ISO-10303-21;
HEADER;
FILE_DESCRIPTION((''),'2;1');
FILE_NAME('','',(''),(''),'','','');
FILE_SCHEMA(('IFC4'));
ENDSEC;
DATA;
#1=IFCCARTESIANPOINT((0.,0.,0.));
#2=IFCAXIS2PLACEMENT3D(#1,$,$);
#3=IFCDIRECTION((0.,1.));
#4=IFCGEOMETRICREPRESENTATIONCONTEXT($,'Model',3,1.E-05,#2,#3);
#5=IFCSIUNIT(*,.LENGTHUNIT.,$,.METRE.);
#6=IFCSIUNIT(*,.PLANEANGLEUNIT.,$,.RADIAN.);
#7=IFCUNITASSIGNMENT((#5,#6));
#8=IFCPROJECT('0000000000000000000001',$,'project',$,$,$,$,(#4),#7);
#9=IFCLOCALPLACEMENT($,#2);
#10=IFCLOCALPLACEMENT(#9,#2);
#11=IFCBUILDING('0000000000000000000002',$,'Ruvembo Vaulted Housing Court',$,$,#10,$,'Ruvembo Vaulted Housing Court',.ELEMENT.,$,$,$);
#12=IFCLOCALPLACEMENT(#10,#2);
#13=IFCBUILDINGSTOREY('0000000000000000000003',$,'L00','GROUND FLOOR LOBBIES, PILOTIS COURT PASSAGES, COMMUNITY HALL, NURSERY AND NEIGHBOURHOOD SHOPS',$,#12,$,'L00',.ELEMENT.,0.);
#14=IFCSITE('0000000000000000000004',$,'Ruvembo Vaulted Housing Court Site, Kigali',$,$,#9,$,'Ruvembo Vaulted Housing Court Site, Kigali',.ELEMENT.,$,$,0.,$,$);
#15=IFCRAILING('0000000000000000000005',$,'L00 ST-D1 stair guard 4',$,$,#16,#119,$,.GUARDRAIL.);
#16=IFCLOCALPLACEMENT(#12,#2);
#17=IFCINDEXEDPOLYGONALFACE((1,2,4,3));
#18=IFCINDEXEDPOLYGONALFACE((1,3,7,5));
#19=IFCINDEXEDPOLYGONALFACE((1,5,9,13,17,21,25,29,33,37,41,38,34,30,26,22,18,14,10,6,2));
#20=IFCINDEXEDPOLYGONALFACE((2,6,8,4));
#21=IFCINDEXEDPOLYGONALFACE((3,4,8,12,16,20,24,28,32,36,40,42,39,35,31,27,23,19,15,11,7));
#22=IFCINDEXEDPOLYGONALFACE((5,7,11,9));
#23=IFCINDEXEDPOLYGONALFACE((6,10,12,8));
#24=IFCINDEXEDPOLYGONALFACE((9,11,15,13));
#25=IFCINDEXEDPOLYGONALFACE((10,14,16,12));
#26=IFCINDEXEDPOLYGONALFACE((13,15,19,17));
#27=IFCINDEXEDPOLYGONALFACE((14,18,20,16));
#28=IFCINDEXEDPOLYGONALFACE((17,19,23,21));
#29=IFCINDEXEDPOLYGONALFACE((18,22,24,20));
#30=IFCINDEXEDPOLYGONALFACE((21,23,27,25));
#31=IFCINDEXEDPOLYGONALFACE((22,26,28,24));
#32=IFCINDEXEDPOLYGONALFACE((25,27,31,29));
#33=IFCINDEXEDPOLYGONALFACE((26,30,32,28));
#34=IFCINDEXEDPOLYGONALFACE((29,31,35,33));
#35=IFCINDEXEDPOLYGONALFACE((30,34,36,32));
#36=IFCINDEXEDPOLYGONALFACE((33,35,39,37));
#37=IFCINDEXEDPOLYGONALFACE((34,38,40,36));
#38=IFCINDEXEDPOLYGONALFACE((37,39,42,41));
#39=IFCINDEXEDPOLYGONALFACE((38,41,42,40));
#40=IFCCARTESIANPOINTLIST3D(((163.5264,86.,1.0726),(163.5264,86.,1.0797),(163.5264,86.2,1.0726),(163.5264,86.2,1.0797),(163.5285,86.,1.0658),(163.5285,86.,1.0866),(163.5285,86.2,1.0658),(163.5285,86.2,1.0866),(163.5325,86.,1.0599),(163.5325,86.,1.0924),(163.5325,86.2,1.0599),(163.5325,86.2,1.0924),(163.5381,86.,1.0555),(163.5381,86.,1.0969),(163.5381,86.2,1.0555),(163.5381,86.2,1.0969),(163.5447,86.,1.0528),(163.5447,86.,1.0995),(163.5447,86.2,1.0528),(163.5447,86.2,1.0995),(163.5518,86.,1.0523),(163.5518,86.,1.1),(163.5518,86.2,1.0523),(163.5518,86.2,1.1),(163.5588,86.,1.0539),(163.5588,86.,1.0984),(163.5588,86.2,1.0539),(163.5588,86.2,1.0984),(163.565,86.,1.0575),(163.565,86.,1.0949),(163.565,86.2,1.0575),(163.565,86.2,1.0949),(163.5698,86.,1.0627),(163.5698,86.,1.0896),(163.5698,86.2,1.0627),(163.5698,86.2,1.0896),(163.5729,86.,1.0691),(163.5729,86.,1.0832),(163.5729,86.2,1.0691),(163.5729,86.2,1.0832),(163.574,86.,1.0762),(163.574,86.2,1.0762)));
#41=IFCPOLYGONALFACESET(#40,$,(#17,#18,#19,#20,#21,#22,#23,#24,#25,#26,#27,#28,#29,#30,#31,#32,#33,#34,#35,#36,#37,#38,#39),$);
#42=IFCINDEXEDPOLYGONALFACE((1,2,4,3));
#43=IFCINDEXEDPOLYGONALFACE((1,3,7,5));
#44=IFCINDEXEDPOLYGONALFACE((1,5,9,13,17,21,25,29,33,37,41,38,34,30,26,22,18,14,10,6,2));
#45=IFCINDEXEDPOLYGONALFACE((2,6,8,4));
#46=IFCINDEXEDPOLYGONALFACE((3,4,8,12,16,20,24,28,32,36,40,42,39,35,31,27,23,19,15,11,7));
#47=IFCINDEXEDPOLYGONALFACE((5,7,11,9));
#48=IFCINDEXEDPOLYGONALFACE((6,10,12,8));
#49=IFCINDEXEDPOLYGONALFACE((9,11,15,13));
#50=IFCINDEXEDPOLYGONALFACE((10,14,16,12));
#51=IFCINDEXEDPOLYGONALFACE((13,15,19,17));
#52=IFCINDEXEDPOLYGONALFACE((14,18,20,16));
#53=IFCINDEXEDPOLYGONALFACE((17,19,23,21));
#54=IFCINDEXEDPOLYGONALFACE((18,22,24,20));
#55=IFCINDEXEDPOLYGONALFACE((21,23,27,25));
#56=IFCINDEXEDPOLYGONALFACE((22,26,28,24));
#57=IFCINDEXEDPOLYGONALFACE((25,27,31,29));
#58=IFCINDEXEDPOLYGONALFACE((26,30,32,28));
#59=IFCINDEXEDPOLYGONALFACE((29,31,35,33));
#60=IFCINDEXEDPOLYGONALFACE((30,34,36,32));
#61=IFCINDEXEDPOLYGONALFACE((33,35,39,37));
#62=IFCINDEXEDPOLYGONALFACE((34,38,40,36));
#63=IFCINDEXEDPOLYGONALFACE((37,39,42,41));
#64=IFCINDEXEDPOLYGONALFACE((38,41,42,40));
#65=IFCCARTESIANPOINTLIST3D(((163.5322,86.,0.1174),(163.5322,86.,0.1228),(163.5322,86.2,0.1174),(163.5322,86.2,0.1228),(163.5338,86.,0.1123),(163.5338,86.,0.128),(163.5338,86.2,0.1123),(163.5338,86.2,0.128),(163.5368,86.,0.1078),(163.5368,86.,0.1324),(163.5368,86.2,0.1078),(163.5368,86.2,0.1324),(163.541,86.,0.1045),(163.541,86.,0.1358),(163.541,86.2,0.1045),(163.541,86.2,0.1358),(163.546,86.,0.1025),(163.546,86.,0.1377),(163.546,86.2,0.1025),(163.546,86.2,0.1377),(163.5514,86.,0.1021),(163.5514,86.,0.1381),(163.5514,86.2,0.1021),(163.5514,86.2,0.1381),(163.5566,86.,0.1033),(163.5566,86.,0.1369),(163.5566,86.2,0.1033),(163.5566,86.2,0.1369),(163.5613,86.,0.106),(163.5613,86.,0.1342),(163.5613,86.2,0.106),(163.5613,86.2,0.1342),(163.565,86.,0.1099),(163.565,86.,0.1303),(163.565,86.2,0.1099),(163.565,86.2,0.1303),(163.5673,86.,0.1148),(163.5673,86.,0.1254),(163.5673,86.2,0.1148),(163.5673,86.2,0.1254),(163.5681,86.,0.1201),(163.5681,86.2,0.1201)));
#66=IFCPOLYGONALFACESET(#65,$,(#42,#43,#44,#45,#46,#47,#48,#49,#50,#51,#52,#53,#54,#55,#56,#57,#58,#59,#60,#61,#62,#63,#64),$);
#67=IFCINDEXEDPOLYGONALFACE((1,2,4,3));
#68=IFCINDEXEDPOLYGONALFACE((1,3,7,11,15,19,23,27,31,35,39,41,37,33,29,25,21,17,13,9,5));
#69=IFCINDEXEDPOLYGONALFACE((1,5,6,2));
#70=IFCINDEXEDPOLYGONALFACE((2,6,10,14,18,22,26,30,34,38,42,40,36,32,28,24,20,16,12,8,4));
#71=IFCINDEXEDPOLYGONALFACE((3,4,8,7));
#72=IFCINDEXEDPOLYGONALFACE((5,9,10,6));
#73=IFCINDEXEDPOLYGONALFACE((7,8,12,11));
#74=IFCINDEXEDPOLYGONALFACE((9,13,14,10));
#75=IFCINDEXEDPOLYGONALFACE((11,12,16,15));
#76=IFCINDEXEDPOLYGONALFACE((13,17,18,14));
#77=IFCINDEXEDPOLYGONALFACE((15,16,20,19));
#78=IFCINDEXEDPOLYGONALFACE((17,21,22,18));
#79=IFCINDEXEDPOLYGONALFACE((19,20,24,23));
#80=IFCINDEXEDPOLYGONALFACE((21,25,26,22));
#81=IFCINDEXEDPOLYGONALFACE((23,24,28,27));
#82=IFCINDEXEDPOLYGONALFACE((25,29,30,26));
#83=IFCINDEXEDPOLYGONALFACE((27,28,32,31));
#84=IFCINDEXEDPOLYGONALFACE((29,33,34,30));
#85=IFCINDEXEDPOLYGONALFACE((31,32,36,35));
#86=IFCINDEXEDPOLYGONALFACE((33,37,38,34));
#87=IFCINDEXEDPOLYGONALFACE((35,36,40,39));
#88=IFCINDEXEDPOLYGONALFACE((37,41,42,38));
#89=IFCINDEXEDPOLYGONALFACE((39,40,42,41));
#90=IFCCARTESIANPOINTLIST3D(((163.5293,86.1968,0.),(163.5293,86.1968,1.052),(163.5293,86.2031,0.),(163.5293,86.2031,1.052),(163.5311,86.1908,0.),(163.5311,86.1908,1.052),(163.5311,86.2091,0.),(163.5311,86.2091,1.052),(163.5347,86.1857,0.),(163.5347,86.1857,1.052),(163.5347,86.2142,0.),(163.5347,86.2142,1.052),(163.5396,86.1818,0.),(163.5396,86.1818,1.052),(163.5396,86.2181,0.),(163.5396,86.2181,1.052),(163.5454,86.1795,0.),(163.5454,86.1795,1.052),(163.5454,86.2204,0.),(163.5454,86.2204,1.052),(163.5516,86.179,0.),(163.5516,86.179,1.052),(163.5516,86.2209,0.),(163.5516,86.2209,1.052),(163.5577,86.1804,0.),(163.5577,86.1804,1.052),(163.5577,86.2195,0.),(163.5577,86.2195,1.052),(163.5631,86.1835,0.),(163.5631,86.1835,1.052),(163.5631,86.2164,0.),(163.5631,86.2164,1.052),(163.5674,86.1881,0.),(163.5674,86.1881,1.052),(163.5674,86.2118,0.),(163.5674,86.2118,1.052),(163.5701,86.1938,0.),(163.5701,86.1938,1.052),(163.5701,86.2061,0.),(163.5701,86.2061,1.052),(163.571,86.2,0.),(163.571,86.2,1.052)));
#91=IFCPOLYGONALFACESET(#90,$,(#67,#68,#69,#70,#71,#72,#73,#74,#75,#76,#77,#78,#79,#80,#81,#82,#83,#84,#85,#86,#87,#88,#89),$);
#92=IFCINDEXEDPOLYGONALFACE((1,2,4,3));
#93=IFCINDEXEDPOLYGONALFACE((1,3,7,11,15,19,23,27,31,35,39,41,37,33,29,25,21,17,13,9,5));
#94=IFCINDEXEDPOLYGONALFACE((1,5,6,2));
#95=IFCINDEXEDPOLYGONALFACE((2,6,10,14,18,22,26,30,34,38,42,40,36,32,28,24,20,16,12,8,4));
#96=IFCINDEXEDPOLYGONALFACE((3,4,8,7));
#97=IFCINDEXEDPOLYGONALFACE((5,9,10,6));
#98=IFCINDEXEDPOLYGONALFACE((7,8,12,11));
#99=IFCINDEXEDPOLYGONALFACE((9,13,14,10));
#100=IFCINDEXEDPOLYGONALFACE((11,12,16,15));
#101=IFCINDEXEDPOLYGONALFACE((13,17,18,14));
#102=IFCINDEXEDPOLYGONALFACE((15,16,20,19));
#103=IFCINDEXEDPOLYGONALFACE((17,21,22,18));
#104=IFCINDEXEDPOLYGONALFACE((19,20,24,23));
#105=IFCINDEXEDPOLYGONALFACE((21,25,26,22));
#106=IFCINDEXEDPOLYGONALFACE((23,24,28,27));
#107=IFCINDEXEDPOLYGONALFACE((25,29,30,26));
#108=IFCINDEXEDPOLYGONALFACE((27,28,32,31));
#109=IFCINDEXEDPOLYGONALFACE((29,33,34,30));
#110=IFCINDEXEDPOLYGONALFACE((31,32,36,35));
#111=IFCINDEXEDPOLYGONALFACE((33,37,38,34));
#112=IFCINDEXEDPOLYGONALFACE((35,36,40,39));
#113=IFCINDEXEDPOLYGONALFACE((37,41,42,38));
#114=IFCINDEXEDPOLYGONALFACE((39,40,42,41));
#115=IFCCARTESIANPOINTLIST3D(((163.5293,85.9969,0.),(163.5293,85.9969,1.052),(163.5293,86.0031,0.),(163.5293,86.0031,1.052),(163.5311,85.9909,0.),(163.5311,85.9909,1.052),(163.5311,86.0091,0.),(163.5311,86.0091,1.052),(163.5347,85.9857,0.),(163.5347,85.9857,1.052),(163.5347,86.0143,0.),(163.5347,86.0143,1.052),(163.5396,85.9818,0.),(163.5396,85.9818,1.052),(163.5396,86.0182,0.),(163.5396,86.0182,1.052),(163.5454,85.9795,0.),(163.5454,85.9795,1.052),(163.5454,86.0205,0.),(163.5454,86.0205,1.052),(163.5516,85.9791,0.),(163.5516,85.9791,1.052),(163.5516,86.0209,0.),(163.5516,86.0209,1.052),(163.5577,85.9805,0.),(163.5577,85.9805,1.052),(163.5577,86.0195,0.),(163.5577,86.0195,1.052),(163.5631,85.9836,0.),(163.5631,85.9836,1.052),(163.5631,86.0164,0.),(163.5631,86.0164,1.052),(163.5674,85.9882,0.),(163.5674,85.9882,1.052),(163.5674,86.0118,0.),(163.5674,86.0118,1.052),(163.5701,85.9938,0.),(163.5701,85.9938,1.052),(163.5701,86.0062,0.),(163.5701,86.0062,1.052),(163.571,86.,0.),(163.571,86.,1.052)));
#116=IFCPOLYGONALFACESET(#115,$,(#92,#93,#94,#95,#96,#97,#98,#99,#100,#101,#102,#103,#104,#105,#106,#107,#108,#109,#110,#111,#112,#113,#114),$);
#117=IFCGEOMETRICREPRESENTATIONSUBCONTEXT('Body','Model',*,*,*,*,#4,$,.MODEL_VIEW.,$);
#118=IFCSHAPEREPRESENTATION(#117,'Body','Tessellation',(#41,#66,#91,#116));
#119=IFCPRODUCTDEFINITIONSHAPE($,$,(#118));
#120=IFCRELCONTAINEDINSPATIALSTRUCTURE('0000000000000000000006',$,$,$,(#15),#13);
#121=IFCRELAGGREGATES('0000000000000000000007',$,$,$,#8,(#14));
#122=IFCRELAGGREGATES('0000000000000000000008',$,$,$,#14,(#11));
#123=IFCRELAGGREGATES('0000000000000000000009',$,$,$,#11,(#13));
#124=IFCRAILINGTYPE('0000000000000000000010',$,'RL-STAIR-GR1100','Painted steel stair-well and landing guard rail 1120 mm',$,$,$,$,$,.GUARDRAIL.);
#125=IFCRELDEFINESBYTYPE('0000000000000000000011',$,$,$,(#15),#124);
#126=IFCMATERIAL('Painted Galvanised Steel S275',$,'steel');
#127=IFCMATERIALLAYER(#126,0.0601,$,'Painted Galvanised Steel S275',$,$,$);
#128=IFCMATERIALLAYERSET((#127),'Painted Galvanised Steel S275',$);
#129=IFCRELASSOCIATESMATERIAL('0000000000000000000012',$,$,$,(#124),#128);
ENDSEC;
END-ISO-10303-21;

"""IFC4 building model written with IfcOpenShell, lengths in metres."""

from ifc_helpers import new_model, si_unit, direction, frame, origin, origin_2d, place, context, subcontext, project, spatial, circle, extrude, material, layer, layer_set, type_object, element, save


model = new_model("IFC4")

# Units and contexts
model_context = context("Model", 3, precision=1e-05, world=origin(), true_north=direction((0.0, 1.0)))
body_context = subcontext(model_context, "Body", "Model", "MODEL_VIEW")
ifc_project = project(units=[si_unit("LENGTHUNIT", "METRE"), si_unit("PLANEANGLEUNIT", "RADIAN")], contexts=[model_context])

# Site, building, storey
site_placement = place(None, origin())
site = spatial("IfcSite", under=ifc_project, at=site_placement, Name="Ruvembo Vaulted Housing Court Site, Kigali", LongName="Ruvembo Vaulted Housing Court Site, Kigali", CompositionType="ELEMENT", RefElevation=0.0)
building_placement = place(site_placement, origin())
building = spatial("IfcBuilding", under=site, at=building_placement, Name="Ruvembo Vaulted Housing Court", LongName="Ruvembo Vaulted Housing Court", CompositionType="ELEMENT")
storey_placement = place(building_placement, origin())
storey = spatial("IfcBuildingStorey", under=building, at=storey_placement, Name="L00", Description="GROUND FLOOR LOBBIES, PILOTIS COURT PASSAGES, COMMUNITY HALL, NURSERY AND NEIGHBOURHOOD SHOPS", LongName="L00", CompositionType="ELEMENT", Elevation=0.0)

# Railing
ifc_material_1 = material(Name="Painted Galvanised Steel S275", Category="steel")
ifc_layer_1 = layer(ifc_material_1, 0.0601, Name="Painted Galvanised Steel S275")
ifc_layer_set_1 = layer_set([ifc_layer_1], Name="Painted Galvanised Steel S275")
railing_type_1 = type_object("IfcRailingType", Name="RL-STAIR-GR1100", Description="Painted steel stair-well and landing guard rail 1120 mm", PredefinedType="GUARDRAIL", material=ifc_layer_set_1)
railing_1_placement = place(storey_placement, frame((163.55, 86.2, 0.0)))
element("IfcRailing", 1, at=railing_1_placement, inside=storey, type_object=railing_type_1, Name="L00 ST-D1 stair guard 4", PredefinedType="GUARDRAIL", context=body_context, shape_type="SweptSolid", body=[
    extrude(circle(Radius=0.0239, at=origin_2d()), frame((0.0, 0.0, 1.0762), z_axis=(0.0, -1.0, 0.0), x_axis=(1.0, 0.0, 0.0)), (0.0, 0.0, 1.0), 0.2),
    extrude(circle(Radius=0.0181, at=origin_2d()), frame((0.0, 0.0, 0.1201), z_axis=(0.0, -1.0, 0.0), x_axis=(1.0, 0.0, 0.0)), (0.0, 0.0, 1.0), 0.2),
    extrude(circle(Radius=0.021, at=origin_2d()), origin(), (0.0, 0.0, 1.0), 1.052),
    extrude(circle(Radius=0.021, at=origin_2d()), frame((0.0, -0.2, 0.0)), (0.0, 0.0, 1.0), 1.052),
])

save(model, "model.ifc")
